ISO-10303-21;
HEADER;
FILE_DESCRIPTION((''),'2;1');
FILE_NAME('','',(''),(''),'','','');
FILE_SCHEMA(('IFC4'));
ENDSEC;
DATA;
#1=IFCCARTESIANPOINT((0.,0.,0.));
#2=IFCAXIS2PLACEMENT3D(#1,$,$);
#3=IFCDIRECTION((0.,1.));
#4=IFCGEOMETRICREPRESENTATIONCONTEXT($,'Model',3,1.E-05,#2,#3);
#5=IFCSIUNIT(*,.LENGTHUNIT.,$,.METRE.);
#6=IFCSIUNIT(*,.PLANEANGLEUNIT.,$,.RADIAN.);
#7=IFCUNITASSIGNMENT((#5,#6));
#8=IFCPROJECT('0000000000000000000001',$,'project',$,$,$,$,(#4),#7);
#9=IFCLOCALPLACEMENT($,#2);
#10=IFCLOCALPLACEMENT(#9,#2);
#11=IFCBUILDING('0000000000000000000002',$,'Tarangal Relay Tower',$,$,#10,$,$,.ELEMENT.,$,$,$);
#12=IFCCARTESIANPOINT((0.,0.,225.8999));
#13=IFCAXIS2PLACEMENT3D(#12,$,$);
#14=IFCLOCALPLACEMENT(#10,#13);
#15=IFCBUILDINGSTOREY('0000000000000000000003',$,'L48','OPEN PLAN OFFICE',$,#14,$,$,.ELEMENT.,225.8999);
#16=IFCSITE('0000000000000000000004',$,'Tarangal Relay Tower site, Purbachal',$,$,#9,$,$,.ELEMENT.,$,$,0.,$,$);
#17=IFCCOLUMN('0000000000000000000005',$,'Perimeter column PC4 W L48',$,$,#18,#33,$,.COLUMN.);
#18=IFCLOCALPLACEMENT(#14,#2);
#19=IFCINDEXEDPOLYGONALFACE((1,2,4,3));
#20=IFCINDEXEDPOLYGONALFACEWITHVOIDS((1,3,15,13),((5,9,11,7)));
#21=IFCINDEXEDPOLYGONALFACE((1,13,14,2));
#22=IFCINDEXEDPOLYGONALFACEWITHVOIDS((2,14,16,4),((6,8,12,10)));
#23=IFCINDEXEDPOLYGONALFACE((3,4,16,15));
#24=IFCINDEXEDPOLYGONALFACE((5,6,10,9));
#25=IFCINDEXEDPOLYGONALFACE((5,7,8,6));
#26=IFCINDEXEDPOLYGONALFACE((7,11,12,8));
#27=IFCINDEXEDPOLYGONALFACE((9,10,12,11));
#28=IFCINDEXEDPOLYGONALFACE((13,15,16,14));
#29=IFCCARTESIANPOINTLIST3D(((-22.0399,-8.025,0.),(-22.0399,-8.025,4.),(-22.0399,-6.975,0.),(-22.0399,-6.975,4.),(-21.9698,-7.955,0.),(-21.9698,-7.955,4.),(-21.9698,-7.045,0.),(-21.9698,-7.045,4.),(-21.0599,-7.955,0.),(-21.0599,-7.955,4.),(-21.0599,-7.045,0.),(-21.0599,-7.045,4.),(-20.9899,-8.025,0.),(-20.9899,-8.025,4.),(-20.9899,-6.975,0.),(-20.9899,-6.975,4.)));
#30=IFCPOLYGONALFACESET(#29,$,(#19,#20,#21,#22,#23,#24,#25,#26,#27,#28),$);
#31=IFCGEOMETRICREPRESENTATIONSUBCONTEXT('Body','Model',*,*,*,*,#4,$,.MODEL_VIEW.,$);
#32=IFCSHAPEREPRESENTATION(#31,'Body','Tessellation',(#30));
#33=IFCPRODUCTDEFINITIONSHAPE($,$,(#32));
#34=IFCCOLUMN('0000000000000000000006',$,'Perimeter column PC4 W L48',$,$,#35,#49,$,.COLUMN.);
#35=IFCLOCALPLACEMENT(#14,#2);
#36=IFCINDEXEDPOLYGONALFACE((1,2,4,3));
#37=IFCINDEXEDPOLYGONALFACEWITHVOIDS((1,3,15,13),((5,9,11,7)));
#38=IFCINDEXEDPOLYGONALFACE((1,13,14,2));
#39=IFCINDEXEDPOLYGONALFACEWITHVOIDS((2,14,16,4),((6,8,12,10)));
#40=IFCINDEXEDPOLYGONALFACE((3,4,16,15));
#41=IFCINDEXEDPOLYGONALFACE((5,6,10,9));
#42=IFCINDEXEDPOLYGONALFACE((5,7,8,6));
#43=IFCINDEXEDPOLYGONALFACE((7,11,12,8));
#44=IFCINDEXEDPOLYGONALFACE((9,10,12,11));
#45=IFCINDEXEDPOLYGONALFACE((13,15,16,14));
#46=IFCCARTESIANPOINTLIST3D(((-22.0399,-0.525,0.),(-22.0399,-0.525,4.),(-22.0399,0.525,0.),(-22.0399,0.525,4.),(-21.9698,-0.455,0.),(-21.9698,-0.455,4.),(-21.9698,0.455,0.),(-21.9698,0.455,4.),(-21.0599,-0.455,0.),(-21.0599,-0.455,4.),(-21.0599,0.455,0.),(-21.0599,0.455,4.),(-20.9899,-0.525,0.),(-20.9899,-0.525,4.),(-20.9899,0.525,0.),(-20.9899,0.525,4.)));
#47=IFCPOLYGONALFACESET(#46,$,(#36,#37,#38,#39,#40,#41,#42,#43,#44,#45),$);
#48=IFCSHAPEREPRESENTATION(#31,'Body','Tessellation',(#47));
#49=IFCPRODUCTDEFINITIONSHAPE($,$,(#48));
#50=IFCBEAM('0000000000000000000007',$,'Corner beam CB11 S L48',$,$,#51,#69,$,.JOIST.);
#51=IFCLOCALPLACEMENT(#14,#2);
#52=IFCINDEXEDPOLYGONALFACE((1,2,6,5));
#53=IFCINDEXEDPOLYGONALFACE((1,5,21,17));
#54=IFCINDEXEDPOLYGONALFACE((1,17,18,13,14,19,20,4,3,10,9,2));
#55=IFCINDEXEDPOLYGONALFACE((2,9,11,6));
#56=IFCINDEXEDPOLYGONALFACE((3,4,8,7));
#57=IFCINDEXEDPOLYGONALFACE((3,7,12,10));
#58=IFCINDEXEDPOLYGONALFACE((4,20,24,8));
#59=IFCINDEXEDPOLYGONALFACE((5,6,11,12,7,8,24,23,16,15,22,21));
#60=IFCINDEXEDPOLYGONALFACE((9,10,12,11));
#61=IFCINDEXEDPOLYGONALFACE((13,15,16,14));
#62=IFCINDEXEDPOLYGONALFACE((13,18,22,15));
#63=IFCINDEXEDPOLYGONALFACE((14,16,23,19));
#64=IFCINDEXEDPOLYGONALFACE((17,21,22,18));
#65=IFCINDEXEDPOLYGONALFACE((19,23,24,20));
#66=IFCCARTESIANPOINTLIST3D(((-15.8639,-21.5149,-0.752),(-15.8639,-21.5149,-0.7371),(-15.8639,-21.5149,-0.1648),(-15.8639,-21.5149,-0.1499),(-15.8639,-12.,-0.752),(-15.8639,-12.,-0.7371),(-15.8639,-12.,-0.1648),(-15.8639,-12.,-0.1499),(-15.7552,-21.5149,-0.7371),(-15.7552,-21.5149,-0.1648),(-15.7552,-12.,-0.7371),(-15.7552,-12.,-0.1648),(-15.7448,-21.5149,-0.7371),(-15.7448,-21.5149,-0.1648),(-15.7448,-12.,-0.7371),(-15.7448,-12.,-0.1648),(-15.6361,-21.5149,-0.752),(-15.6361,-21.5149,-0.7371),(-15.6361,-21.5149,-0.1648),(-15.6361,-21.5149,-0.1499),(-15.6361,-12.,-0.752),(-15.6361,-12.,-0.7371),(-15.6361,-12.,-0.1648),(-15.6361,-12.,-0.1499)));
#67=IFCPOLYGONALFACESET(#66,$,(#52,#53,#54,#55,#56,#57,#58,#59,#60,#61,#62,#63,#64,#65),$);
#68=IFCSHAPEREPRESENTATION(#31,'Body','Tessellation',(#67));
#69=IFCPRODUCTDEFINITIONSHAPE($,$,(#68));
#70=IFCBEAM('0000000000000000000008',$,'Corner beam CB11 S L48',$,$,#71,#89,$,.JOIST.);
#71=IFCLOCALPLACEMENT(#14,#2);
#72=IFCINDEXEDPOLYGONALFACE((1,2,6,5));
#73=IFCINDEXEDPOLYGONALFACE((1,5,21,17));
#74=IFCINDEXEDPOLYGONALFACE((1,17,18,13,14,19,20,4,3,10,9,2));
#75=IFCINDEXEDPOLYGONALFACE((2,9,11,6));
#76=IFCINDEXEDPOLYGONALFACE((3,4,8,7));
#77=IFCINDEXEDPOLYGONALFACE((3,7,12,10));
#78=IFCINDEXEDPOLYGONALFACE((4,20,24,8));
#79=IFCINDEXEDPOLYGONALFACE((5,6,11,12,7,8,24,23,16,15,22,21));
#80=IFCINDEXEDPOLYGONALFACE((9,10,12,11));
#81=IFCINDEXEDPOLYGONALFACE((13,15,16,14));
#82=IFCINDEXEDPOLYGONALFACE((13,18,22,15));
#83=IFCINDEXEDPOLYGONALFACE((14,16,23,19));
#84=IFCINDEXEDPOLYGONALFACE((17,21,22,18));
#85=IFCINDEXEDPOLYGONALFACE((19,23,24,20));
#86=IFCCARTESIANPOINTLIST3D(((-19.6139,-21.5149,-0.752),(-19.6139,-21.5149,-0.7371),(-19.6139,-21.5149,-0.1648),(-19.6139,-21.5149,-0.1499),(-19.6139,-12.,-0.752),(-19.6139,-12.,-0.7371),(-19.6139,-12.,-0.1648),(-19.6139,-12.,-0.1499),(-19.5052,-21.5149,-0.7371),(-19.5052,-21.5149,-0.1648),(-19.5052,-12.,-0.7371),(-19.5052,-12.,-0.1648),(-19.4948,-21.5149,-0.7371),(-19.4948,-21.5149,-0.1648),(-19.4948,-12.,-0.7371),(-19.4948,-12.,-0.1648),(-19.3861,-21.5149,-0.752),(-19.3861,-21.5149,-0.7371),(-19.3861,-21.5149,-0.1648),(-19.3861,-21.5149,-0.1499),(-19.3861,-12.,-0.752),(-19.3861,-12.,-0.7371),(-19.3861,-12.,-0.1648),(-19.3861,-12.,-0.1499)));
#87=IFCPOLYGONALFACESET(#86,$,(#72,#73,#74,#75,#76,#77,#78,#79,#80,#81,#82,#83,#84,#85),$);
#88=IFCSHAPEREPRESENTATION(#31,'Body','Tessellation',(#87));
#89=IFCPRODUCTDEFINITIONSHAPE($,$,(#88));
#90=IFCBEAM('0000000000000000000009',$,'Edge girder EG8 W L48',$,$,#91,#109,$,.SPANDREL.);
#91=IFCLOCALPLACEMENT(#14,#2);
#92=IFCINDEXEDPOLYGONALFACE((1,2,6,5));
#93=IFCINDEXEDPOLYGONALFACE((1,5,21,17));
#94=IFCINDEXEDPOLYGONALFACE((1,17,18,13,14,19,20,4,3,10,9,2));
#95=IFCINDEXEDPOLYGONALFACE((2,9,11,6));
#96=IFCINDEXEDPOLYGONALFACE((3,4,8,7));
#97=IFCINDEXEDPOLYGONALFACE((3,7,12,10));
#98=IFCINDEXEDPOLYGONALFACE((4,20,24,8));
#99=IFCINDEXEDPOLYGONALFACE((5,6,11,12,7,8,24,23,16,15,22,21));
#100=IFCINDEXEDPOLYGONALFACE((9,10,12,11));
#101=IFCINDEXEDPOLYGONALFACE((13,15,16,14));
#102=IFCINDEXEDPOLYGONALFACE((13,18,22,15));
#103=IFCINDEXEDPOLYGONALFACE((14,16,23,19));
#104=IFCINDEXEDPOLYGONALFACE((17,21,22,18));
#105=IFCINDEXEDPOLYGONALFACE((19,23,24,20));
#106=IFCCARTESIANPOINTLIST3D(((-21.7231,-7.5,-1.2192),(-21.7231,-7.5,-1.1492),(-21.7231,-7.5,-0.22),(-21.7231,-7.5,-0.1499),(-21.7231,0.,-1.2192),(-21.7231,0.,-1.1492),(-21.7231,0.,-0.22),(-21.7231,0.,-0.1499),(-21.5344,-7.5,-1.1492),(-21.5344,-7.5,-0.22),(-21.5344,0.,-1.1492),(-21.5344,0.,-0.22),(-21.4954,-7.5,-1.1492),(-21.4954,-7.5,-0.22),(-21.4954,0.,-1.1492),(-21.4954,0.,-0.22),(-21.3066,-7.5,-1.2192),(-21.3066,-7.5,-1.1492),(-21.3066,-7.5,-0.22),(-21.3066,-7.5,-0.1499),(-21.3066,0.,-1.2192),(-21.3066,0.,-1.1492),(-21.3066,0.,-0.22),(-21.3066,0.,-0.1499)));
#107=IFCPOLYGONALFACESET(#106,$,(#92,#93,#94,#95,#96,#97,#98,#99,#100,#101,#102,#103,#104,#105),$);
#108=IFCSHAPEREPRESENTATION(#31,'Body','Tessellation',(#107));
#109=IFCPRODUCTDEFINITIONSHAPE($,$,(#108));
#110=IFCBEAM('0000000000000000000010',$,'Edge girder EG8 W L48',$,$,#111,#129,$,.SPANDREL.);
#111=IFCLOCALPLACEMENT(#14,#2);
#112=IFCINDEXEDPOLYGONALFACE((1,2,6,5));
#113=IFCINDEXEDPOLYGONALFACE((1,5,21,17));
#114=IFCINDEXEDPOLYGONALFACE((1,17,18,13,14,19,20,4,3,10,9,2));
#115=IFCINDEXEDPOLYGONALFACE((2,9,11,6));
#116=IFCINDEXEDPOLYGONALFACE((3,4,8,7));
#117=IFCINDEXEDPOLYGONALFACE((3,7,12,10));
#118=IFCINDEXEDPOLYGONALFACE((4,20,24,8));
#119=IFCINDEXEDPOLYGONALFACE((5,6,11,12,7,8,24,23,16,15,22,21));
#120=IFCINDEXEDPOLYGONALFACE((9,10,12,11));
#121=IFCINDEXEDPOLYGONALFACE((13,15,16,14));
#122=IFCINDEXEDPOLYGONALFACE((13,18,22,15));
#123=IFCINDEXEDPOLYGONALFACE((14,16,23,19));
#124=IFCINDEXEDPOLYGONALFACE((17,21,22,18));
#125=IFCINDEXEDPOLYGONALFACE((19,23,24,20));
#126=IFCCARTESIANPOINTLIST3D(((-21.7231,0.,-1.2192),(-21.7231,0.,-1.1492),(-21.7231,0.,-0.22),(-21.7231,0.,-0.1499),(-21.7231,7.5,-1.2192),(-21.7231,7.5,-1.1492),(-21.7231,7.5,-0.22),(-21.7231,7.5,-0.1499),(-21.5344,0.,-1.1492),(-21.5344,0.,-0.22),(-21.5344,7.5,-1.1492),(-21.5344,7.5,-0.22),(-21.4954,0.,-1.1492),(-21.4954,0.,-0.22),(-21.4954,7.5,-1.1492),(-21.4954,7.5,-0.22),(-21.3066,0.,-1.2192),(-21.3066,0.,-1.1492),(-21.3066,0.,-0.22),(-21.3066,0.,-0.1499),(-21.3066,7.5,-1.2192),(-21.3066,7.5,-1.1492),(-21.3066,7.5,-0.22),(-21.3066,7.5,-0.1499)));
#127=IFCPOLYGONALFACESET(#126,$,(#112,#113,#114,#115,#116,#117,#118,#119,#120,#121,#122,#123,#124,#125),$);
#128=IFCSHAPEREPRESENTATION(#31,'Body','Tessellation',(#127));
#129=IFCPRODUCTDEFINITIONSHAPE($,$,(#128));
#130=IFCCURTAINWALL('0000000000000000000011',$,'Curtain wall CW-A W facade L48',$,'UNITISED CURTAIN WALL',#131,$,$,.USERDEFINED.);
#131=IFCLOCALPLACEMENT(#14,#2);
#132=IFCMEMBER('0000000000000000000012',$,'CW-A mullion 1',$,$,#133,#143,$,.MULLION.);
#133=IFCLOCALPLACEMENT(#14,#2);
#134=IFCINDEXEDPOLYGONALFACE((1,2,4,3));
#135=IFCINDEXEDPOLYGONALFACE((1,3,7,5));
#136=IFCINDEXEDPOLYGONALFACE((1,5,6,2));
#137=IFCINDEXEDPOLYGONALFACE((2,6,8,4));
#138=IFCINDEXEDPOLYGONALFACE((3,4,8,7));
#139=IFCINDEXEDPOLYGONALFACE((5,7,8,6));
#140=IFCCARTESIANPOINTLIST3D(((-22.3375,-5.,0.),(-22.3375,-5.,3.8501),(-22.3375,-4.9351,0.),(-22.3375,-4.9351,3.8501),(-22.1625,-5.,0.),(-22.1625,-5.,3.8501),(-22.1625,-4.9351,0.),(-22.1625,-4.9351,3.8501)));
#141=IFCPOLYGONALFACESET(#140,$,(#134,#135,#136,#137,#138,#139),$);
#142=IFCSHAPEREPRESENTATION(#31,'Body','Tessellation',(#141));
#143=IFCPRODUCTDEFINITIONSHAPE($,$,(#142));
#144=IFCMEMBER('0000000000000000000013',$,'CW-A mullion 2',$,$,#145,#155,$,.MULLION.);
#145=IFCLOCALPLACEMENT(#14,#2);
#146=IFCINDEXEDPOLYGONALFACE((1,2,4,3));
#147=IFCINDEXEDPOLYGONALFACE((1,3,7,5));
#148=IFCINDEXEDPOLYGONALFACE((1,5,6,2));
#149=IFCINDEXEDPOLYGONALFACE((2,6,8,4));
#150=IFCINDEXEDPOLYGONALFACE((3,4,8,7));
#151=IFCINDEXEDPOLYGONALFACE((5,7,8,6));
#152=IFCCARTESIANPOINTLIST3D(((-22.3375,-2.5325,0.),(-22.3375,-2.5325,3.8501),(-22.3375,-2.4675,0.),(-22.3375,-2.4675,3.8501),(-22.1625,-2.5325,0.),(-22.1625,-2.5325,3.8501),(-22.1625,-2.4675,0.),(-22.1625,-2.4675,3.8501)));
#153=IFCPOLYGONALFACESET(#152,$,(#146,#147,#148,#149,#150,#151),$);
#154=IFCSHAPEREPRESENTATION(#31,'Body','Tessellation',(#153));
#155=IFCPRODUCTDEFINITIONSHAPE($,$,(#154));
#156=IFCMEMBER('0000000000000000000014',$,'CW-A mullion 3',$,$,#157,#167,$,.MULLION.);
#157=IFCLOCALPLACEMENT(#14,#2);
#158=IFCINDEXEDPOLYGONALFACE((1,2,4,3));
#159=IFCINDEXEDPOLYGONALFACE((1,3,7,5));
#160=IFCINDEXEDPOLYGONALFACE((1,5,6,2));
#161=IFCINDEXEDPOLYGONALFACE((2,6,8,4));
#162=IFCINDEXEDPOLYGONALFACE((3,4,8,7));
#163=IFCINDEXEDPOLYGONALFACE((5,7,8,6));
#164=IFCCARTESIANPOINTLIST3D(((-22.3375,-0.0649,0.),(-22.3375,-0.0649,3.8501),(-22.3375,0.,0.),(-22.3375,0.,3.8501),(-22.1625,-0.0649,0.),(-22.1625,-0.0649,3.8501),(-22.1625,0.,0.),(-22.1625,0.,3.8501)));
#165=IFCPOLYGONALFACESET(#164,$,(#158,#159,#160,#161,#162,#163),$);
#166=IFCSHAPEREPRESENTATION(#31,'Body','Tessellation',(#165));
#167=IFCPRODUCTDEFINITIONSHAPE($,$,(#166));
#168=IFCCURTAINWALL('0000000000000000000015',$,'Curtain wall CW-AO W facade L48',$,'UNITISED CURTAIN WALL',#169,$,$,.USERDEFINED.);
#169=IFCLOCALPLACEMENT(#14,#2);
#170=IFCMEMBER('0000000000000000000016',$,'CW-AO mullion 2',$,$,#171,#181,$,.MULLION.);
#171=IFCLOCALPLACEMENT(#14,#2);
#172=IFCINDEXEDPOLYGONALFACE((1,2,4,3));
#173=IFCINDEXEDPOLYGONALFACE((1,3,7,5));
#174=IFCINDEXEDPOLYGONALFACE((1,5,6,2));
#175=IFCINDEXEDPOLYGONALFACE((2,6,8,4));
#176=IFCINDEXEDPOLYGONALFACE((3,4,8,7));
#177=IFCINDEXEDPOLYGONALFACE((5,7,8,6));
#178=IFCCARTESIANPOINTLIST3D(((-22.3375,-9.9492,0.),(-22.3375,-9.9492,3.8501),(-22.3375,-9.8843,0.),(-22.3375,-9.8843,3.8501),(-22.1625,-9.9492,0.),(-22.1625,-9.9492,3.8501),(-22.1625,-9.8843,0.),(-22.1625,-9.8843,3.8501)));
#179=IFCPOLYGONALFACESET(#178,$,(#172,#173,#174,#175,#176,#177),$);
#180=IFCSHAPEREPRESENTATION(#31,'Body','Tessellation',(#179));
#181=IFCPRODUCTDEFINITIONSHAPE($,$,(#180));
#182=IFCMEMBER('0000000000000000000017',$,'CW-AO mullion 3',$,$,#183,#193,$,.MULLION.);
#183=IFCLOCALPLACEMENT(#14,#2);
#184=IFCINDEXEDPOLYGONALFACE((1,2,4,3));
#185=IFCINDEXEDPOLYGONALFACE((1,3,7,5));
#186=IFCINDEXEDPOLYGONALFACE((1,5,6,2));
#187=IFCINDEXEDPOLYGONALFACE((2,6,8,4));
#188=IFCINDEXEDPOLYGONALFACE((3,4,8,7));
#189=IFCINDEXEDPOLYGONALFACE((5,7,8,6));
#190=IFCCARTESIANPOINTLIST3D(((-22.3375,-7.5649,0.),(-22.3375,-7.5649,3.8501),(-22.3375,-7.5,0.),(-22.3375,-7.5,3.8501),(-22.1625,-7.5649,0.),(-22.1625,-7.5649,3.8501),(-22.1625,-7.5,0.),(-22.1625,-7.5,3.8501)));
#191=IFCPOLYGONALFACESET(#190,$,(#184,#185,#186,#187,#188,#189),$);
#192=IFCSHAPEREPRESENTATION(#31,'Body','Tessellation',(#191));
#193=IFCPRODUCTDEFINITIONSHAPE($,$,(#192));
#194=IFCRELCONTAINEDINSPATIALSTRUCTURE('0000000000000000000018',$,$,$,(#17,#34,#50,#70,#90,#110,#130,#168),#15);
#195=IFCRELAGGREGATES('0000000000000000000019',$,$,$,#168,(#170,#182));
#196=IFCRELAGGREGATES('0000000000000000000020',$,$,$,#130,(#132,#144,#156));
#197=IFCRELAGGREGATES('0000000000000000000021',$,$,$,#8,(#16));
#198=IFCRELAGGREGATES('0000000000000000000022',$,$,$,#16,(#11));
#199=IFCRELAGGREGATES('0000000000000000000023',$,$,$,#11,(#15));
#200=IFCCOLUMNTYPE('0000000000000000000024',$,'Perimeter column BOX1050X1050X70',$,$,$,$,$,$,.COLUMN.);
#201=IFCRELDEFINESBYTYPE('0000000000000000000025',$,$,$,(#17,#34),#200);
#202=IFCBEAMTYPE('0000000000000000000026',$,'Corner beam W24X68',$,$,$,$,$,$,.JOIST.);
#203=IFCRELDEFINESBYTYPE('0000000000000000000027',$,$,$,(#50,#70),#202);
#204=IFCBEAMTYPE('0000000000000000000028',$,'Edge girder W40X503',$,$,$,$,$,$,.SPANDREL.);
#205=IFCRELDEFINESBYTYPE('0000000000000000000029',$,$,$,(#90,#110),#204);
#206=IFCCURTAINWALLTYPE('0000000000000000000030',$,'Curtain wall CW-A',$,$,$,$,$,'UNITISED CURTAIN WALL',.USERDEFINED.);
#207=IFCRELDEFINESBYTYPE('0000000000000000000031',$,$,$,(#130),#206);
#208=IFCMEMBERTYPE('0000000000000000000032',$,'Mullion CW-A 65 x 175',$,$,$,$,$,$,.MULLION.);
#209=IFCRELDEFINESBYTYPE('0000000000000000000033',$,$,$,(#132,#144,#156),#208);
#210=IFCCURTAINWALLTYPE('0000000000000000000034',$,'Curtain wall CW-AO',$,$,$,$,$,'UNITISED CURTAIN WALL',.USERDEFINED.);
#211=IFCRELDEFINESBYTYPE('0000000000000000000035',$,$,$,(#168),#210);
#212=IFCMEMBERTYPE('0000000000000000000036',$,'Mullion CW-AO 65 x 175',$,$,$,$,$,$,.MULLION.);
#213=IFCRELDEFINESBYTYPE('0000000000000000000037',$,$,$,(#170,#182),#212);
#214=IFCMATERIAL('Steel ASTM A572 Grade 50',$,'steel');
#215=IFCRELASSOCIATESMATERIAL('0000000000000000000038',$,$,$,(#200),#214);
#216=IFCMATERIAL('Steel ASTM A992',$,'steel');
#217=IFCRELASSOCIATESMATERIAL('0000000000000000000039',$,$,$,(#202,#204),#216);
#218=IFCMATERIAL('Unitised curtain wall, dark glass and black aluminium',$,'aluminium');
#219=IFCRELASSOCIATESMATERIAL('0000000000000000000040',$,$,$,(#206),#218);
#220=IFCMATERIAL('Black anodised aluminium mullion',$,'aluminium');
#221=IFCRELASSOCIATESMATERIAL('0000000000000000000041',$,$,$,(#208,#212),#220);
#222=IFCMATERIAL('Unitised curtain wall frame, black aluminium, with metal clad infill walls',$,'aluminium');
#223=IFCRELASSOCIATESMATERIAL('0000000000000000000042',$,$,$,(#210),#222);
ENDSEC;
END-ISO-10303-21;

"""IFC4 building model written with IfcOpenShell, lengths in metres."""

from ifc_helpers import new_model, si_unit, direction, frame, origin, origin_2d, place, context, subcontext, project, spatial, rectangle, hollow_rectangle, i_section, extrude, material, material_profile, profile_set, type_object, element, aggregate, save


model = new_model("IFC4")

# Units and contexts
model_context = context("Model", 3, precision=1e-05, world=origin(), true_north=direction((0.0, 1.0)))
body_context = subcontext(model_context, "Body", "Model", "MODEL_VIEW")
ifc_project = project(units=[si_unit("LENGTHUNIT", "METRE"), si_unit("PLANEANGLEUNIT", "RADIAN")], contexts=[model_context])

# Site, building, storey
site_placement = place(None, origin())
site = spatial("IfcSite", under=ifc_project, at=site_placement, Name="Tarangal Relay Tower site, Purbachal", CompositionType="ELEMENT", RefElevation=0.0)
building_placement = place(site_placement, origin())
building = spatial("IfcBuilding", under=site, at=building_placement, Name="Tarangal Relay Tower", CompositionType="ELEMENT")
storey_placement = place(building_placement, frame((0.0, 0.0, 225.8999)))
storey = spatial("IfcBuildingStorey", under=building, at=storey_placement, Name="L48", Description="OPEN PLAN OFFICE", CompositionType="ELEMENT", Elevation=225.8999)

# Columns
ifc_material_1 = material(Name="Steel ASTM A572 Grade 50", Category="steel")
ifc_material_profile_1 = material_profile(ifc_material_1, hollow_rectangle(XDim=1.05, YDim=1.05, WallThickness=0.0701, at=origin_2d()), Name="BOX1050X1050X70")
ifc_profile_set_1 = profile_set([ifc_material_profile_1], Name="Steel ASTM A572 Grade 50")
column_type = type_object("IfcColumnType", Name="Perimeter column BOX1050X1050X70", PredefinedType="COLUMN", material=ifc_profile_set_1)
for number, where, z_axis, x_axis, name in (
    (1, (-21.5149, -7.5, 0.0), (0.0, 0.0, 1.0), (1.0, 0.0, 0.0), "Perimeter column PC4 W L48"),
    (2, (-21.5149, 0.0, 0.0), (0.0, 0.0, 1.0), (1.0, 0.0, 0.0), "Perimeter column PC4 W L48"),
):
    element("IfcColumn", number, at=place(storey_placement, frame(where, z_axis=z_axis, x_axis=x_axis)), inside=storey, type_object=column_type, Name=name, PredefinedType="COLUMN", context=body_context, shape_type="SweptSolid", body=[
        extrude(hollow_rectangle(XDim=1.05, YDim=1.05, WallThickness=0.0701, at=origin_2d()), origin(), (0.0, 0.0, 1.0), 4.0),
    ])

# Beams
ifc_material_2 = material(Name="Steel ASTM A992", Category="steel")
ifc_material_profile_2 = material_profile(ifc_material_2, i_section(OverallWidth=0.2278, OverallDepth=0.6021, WebThickness=0.0105, FlangeThickness=0.0149, at=origin_2d()), Name="W24X68")
ifc_profile_set_2 = profile_set([ifc_material_profile_2], Name="Steel ASTM A992")
beam_type_1 = type_object("IfcBeamType", Name="Corner beam W24X68", PredefinedType="JOIST", material=ifc_profile_set_2)
for number, where, z_axis, x_axis, name in (
    (3, (-15.75, -12.0, -0.4509), (0.0, -1.0, 0.0), (1.0, 0.0, 0.0), "Corner beam CB11 S L48"),
    (4, (-19.5, -12.0, -0.4509), (0.0, -1.0, 0.0), (1.0, 0.0, 0.0), "Corner beam CB11 S L48"),
):
    element("IfcBeam", number, at=place(storey_placement, frame(where, z_axis=z_axis, x_axis=x_axis)), inside=storey, type_object=beam_type_1, Name=name, PredefinedType="JOIST", context=body_context, shape_type="SweptSolid", body=[
        extrude(i_section(OverallWidth=0.2278, OverallDepth=0.6021, WebThickness=0.0105, FlangeThickness=0.0149, at=origin_2d()), origin(), (0.0, 0.0, 1.0), 9.5149),
    ])
ifc_material_profile_3 = material_profile(ifc_material_2, i_section(OverallWidth=0.4165, OverallDepth=1.0693, WebThickness=0.0391, FlangeThickness=0.0701, at=origin_2d()), Name="W40X503")
ifc_profile_set_3 = profile_set([ifc_material_profile_3], Name="Steel ASTM A992")
beam_type_2 = type_object("IfcBeamType", Name="Edge girder W40X503", PredefinedType="SPANDREL", material=ifc_profile_set_3)
for number, where, z_axis, x_axis, name in (
    (5, (-21.5149, -7.5, -0.6846), (0.0, 1.0, 0.0), (-1.0, 0.0, 0.0), "Edge girder EG8 W L48"),
    (6, (-21.5149, 0.0, -0.6846), (0.0, 1.0, 0.0), (-1.0, 0.0, 0.0), "Edge girder EG8 W L48"),
):
    element("IfcBeam", number, at=place(storey_placement, frame(where, z_axis=z_axis, x_axis=x_axis)), inside=storey, type_object=beam_type_2, Name=name, PredefinedType="SPANDREL", context=body_context, shape_type="SweptSolid", body=[
        extrude(i_section(OverallWidth=0.4165, OverallDepth=1.0693, WebThickness=0.0391, FlangeThickness=0.0701, at=origin_2d()), origin(), (0.0, 0.0, 1.0), 7.5),
    ])

# Curtain walls, members
ifc_material_3 = material(Name="Unitised curtain wall, dark glass and black aluminium", Category="aluminium")
curtain_wall_type_1 = type_object("IfcCurtainWallType", Name="Curtain wall CW-A", ElementType="UNITISED CURTAIN WALL", PredefinedType="USERDEFINED", material=ifc_material_3)
curtain_wall_1_placement = place(storey_placement, origin())
curtain_wall_1 = element("IfcCurtainWall", 7, at=curtain_wall_1_placement, inside=storey, type_object=curtain_wall_type_1, Name="Curtain wall CW-A W facade L48", ObjectType="UNITISED CURTAIN WALL", PredefinedType="USERDEFINED")
ifc_material_4 = material(Name="Black anodised aluminium mullion", Category="aluminium")
ifc_material_profile_4 = material_profile(ifc_material_4, rectangle(XDim=0.175, YDim=0.0649, at=origin_2d()), Name="CW-AM 65X175")
ifc_profile_set_4 = profile_set([ifc_material_profile_4], Name="Black anodised aluminium mullion")
member_type_1 = type_object("IfcMemberType", Name="Mullion CW-A 65 x 175", PredefinedType="MULLION", material=ifc_profile_set_4)
member_1_placement = place(storey_placement, frame((-22.25, -4.9675, 0.0), z_axis=(0.0, 0.0, 1.0), x_axis=(-1.0, 0.0, 0.0)))
member_1 = element("IfcMember", 8, at=member_1_placement, type_object=member_type_1, Name="CW-A mullion 1", PredefinedType="MULLION", context=body_context, shape_type="SweptSolid", body=[
    extrude(rectangle(XDim=0.175, YDim=0.0649, at=origin_2d()), origin(), (0.0, 0.0, 1.0), 3.8501),
])
member_2_placement = place(storey_placement, frame((-22.25, -2.5, 0.0), z_axis=(0.0, 0.0, 1.0), x_axis=(-1.0, 0.0, 0.0)))
member_2 = element("IfcMember", 9, at=member_2_placement, type_object=member_type_1, Name="CW-A mullion 2", PredefinedType="MULLION", context=body_context, shape_type="SweptSolid", body=[
    extrude(rectangle(XDim=0.175, YDim=0.0649, at=origin_2d()), origin(), (0.0, 0.0, 1.0), 3.8501),
])
member_3_placement = place(storey_placement, frame((-22.25, -0.0325, 0.0), z_axis=(0.0, 0.0, 1.0), x_axis=(-1.0, 0.0, 0.0)))
member_3 = element("IfcMember", 10, at=member_3_placement, type_object=member_type_1, Name="CW-A mullion 3", PredefinedType="MULLION", context=body_context, shape_type="SweptSolid", body=[
    extrude(rectangle(XDim=0.175, YDim=0.0649, at=origin_2d()), origin(), (0.0, 0.0, 1.0), 3.8501),
])
ifc_material_5 = material(Name="Unitised curtain wall frame, black aluminium, with metal clad infill walls", Category="aluminium")
curtain_wall_type_2 = type_object("IfcCurtainWallType", Name="Curtain wall CW-AO", ElementType="UNITISED CURTAIN WALL", PredefinedType="USERDEFINED", material=ifc_material_5)
curtain_wall_2_placement = place(storey_placement, origin())
curtain_wall_2 = element("IfcCurtainWall", 11, at=curtain_wall_2_placement, inside=storey, type_object=curtain_wall_type_2, Name="Curtain wall CW-AO W facade L48", ObjectType="UNITISED CURTAIN WALL", PredefinedType="USERDEFINED")
ifc_material_profile_5 = material_profile(ifc_material_4, rectangle(XDim=0.175, YDim=0.0649, at=origin_2d()), Name="CW-AOM 65X175")
ifc_profile_set_5 = profile_set([ifc_material_profile_5], Name="Black anodised aluminium mullion")
member_type_2 = type_object("IfcMemberType", Name="Mullion CW-AO 65 x 175", PredefinedType="MULLION", material=ifc_profile_set_5)
member_4_placement = place(storey_placement, frame((-22.25, -9.9167, 0.0), z_axis=(0.0, 0.0, 1.0), x_axis=(-1.0, 0.0, 0.0)))
member_4 = element("IfcMember", 12, at=member_4_placement, type_object=member_type_2, Name="CW-AO mullion 2", PredefinedType="MULLION", context=body_context, shape_type="SweptSolid", body=[
    extrude(rectangle(XDim=0.175, YDim=0.0649, at=origin_2d()), origin(), (0.0, 0.0, 1.0), 3.8501),
])
member_5_placement = place(storey_placement, frame((-22.25, -7.5325, 0.0), z_axis=(0.0, 0.0, 1.0), x_axis=(-1.0, 0.0, 0.0)))
member_5 = element("IfcMember", 13, at=member_5_placement, type_object=member_type_2, Name="CW-AO mullion 3", PredefinedType="MULLION", context=body_context, shape_type="SweptSolid", body=[
    extrude(rectangle(XDim=0.175, YDim=0.0649, at=origin_2d()), origin(), (0.0, 0.0, 1.0), 3.8501),
])

aggregate(curtain_wall_2, [member_4, member_5])

aggregate(curtain_wall_1, [member_1, member_2, member_3])

save(model, "model.ifc")
